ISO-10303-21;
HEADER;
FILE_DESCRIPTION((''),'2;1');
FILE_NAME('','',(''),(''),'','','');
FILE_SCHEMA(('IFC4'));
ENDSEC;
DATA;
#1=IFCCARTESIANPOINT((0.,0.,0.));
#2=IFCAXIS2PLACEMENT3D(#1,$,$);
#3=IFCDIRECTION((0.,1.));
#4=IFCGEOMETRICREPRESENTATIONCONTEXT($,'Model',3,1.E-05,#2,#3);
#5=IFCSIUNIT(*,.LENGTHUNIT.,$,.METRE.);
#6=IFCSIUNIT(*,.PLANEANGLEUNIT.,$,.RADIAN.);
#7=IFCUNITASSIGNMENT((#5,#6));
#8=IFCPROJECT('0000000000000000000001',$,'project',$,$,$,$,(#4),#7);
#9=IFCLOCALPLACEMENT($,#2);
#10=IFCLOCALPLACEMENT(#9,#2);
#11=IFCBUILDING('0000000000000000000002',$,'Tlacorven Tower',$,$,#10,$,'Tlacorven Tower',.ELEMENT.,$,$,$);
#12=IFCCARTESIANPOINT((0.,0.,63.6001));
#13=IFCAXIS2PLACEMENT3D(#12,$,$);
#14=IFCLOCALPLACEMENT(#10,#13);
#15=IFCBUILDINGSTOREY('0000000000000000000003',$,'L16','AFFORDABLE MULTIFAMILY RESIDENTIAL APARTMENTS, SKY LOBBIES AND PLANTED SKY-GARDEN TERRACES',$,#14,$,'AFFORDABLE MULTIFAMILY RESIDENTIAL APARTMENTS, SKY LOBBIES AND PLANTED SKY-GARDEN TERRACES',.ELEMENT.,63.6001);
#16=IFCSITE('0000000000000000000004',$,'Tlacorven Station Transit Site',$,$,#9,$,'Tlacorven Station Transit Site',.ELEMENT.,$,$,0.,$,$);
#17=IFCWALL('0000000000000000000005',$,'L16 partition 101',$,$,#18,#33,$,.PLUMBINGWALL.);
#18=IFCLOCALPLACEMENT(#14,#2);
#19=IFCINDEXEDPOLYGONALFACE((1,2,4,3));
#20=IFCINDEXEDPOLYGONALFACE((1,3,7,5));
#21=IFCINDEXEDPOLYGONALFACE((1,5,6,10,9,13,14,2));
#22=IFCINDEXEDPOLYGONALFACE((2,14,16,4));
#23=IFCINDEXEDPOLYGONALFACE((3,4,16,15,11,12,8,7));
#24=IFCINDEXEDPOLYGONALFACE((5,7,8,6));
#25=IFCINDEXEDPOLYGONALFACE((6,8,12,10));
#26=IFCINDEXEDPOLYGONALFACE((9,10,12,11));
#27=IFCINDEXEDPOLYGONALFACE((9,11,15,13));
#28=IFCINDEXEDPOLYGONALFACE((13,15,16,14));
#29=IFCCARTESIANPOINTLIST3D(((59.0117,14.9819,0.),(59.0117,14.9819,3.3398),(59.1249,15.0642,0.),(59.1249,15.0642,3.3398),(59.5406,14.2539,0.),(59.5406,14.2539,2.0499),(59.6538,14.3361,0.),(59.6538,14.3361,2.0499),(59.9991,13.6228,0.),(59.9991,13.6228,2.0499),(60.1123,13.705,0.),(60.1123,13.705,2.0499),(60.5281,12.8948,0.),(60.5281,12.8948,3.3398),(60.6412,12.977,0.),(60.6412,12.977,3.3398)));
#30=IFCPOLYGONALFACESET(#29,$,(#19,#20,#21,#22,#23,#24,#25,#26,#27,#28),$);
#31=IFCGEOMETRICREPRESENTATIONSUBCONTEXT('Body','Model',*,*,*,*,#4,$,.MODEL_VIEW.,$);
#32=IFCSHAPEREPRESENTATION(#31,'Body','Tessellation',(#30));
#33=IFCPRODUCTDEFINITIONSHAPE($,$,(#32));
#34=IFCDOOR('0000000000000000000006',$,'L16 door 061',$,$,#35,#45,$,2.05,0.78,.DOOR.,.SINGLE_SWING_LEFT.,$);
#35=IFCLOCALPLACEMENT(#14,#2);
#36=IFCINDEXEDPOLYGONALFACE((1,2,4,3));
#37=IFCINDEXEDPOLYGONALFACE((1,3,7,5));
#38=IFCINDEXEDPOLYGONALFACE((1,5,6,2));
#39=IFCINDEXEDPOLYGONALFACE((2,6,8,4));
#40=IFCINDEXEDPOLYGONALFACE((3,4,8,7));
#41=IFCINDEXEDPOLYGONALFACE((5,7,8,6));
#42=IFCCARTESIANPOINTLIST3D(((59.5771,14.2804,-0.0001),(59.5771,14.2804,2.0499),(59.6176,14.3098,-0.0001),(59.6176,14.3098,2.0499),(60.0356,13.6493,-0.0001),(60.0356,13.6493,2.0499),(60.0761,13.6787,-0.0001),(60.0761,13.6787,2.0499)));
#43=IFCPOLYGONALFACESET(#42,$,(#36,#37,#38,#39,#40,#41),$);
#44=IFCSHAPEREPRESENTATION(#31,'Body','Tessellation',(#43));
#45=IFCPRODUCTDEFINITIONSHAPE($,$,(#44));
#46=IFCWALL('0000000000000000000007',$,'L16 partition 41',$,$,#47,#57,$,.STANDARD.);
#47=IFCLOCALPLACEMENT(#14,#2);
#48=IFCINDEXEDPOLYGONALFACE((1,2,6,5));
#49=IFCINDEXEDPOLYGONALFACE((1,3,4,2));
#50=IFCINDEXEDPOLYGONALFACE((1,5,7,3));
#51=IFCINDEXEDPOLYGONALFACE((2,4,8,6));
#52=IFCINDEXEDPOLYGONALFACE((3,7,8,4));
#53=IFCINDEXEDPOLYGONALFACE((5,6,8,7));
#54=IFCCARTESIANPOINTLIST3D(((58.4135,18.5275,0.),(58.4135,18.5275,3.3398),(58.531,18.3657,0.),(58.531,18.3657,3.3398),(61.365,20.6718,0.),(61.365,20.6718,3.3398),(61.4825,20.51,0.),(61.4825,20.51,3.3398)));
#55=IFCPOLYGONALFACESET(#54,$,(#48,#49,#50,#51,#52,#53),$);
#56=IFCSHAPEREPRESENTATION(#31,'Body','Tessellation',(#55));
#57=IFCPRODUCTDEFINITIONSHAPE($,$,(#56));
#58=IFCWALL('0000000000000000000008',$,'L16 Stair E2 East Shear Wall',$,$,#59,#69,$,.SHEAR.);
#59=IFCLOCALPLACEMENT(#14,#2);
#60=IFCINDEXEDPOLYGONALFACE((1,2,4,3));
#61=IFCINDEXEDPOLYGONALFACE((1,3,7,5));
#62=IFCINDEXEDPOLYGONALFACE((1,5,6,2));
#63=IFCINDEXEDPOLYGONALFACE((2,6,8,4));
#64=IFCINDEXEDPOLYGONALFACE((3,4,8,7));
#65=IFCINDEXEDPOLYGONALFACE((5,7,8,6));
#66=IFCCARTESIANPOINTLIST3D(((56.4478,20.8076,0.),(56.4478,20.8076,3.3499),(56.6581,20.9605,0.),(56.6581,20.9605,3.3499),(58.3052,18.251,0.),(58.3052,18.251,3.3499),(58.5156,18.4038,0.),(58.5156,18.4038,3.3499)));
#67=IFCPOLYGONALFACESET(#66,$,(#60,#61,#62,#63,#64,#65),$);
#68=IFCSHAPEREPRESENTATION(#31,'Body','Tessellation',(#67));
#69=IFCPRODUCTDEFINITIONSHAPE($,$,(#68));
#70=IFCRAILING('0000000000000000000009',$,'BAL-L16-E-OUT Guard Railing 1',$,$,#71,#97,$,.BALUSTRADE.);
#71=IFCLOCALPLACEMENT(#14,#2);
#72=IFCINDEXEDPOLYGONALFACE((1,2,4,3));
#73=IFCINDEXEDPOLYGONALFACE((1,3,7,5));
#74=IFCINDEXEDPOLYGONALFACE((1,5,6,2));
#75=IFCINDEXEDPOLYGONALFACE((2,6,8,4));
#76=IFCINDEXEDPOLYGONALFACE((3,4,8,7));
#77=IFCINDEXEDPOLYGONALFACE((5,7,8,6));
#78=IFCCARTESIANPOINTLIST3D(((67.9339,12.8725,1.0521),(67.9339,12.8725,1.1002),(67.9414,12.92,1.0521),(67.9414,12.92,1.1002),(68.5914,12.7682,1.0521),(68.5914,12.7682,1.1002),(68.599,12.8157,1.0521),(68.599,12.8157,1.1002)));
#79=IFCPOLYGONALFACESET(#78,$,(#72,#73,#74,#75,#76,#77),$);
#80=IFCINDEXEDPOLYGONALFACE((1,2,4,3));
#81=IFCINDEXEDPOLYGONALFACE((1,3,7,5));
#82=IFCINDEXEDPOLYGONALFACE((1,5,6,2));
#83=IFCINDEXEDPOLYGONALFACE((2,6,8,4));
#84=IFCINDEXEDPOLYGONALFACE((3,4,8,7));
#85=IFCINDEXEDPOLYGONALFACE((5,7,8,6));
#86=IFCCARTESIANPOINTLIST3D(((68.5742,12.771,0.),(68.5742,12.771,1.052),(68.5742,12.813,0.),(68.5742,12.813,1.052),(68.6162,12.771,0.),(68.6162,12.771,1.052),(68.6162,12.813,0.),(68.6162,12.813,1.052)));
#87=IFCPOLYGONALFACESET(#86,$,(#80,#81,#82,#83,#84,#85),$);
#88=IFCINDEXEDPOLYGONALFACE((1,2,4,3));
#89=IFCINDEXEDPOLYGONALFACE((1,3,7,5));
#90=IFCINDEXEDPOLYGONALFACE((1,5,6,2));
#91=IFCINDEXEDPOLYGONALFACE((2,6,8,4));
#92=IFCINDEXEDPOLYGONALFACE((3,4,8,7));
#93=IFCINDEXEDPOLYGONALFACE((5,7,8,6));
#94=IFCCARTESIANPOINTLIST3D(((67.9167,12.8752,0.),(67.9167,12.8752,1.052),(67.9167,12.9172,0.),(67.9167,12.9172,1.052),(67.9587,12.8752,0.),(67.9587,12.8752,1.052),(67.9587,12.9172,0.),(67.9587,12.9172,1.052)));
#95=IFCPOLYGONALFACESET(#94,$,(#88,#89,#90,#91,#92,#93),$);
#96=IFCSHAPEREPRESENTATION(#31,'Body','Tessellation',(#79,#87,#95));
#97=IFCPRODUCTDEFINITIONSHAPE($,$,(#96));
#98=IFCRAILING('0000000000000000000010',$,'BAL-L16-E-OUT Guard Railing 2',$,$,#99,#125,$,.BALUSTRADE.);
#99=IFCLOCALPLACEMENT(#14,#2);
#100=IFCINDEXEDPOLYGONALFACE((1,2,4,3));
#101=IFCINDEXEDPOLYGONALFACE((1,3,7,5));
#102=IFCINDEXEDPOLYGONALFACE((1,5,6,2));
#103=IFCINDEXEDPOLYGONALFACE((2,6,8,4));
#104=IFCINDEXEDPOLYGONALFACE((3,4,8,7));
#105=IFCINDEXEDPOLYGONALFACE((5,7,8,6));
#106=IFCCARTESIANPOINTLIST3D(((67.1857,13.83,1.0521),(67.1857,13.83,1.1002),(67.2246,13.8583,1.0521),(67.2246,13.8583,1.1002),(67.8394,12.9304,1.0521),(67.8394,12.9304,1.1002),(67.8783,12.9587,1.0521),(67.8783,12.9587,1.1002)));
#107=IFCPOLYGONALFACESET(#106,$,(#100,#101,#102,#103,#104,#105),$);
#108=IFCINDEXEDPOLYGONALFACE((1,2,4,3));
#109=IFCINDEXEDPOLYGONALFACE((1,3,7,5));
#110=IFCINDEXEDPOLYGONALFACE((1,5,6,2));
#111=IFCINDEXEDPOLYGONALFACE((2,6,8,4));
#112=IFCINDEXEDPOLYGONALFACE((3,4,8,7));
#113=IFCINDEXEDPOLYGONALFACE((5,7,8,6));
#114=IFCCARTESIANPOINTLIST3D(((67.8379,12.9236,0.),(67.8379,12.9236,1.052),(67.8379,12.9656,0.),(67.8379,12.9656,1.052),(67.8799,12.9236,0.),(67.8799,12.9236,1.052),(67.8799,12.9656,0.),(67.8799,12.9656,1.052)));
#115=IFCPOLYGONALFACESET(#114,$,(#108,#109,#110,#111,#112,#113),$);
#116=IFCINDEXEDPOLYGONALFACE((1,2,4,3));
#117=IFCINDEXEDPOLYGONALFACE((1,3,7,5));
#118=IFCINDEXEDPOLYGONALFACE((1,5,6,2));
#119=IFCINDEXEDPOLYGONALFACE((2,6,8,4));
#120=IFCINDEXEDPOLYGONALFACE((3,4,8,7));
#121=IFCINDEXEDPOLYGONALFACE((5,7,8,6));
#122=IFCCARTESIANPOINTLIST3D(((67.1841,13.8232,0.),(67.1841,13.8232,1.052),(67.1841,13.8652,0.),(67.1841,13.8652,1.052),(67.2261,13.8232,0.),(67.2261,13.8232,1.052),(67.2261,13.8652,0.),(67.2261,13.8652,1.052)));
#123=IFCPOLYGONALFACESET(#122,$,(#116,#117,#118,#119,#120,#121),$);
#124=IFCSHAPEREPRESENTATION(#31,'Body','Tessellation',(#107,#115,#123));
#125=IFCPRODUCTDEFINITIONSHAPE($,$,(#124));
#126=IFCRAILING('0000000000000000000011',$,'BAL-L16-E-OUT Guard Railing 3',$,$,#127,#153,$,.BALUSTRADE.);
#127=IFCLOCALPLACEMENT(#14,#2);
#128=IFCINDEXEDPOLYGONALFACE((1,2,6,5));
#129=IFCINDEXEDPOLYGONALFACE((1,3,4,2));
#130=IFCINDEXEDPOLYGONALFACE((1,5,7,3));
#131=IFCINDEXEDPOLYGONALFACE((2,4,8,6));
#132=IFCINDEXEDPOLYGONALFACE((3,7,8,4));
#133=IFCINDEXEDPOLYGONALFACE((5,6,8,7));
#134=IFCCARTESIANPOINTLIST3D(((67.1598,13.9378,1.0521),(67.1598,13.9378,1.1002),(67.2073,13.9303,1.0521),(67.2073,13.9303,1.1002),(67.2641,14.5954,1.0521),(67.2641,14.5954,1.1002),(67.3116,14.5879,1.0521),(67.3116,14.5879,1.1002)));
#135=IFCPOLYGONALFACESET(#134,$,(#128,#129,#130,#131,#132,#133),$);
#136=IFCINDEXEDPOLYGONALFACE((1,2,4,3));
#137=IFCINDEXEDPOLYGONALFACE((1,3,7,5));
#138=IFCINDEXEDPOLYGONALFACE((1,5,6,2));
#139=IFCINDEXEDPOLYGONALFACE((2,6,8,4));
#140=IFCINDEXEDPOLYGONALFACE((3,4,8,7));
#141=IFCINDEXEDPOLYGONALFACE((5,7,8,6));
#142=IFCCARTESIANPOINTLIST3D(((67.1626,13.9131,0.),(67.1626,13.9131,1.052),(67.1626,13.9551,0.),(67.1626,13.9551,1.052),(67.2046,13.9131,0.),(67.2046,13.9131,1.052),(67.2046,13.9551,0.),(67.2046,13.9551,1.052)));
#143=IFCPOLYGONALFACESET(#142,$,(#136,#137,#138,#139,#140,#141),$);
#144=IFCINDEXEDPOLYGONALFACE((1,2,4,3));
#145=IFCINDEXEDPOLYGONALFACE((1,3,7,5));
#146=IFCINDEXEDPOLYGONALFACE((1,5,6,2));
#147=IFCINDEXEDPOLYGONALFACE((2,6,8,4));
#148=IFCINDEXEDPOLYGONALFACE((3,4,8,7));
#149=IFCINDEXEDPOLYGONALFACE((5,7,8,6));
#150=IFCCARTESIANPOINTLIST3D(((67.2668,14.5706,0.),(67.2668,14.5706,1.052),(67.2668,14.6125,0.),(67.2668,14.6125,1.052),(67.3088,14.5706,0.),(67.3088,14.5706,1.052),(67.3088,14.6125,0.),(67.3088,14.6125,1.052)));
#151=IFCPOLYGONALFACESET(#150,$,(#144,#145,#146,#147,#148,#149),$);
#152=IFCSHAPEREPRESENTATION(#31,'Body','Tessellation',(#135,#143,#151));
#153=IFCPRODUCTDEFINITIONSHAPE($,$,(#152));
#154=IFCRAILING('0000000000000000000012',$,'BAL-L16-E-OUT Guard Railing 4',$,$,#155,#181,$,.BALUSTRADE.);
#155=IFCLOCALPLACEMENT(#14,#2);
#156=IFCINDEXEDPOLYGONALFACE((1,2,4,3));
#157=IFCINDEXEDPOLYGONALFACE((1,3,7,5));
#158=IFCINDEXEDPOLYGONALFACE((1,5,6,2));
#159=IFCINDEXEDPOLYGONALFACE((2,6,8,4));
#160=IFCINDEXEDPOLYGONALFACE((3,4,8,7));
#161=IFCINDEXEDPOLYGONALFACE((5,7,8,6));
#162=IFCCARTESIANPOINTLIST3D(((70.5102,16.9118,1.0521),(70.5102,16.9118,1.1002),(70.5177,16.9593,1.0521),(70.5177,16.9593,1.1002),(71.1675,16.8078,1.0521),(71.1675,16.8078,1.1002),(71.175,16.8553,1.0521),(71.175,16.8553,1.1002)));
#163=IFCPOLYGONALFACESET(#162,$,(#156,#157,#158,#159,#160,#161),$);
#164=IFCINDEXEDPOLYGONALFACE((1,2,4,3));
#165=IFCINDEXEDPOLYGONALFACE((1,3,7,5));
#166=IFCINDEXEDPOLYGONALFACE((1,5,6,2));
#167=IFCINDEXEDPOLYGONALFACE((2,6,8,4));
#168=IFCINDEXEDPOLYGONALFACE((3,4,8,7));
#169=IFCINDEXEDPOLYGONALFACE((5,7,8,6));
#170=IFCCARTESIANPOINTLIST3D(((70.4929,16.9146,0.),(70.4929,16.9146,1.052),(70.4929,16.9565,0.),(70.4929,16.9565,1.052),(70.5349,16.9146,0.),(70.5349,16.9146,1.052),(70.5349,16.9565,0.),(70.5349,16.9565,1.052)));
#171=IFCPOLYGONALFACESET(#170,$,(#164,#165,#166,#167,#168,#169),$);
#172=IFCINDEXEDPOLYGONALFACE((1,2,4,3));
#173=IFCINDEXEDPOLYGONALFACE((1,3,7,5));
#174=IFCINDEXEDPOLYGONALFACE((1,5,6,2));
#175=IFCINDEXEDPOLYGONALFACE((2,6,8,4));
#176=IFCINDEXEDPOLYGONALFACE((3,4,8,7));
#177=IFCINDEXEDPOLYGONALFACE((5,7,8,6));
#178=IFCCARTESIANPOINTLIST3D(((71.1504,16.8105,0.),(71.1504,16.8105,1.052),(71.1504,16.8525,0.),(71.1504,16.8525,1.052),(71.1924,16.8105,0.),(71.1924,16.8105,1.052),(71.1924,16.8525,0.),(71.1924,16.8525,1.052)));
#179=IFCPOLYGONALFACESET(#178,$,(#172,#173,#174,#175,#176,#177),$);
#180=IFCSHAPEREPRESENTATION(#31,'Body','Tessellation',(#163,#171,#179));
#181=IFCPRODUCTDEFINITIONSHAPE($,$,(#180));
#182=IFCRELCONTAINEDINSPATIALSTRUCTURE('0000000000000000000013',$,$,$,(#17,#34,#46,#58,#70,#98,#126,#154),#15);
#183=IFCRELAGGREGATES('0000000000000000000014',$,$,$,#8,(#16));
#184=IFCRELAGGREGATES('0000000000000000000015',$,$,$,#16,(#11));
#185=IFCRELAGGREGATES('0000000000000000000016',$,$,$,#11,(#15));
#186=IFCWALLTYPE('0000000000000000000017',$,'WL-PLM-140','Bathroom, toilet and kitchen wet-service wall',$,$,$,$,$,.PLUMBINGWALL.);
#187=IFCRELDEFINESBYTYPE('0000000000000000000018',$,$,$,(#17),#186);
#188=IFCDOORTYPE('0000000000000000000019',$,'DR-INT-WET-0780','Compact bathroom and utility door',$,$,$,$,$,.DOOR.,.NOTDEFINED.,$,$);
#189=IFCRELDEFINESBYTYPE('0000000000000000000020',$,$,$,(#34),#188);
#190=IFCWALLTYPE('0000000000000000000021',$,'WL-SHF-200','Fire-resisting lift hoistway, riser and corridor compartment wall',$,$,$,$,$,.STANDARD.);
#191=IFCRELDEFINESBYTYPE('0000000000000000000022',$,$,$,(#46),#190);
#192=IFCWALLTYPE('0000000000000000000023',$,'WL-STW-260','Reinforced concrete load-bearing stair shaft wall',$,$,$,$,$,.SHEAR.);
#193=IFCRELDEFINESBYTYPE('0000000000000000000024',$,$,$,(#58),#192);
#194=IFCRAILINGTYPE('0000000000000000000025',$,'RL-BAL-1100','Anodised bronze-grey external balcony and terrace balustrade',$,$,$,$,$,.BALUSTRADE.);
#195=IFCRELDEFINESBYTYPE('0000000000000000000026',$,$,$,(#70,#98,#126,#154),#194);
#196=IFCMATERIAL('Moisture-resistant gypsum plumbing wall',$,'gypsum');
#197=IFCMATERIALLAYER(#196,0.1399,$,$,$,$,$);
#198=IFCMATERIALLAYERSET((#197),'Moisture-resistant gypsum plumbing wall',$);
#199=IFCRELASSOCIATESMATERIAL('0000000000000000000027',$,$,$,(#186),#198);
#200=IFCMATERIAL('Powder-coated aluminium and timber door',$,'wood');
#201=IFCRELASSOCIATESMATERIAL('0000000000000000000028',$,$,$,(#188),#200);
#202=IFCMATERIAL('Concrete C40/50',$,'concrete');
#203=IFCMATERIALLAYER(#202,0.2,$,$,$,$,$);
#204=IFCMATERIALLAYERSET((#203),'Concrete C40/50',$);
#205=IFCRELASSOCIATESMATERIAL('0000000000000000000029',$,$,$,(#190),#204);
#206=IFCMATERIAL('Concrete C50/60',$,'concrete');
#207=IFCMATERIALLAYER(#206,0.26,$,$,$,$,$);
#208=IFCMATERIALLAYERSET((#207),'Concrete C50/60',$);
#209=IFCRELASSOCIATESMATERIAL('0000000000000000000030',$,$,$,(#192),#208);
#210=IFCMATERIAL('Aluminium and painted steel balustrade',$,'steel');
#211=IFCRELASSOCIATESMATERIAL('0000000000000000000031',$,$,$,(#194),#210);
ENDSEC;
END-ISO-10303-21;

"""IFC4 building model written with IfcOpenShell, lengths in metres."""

from ifc_helpers import new_model, si_unit, direction, frame, frame_2d, origin, origin_2d, place, context, subcontext, project, spatial, rectangle, extrude, source, transform, mapped, material, layer, layer_set, type_object, element, fill, save


model = new_model("IFC4")

# Units and contexts
model_context = context("Model", 3, precision=1e-05, world=origin(), true_north=direction((0.0, 1.0)))
body_context = subcontext(model_context, "Body", "Model", "MODEL_VIEW")
ifc_project = project(units=[si_unit("LENGTHUNIT", "METRE"), si_unit("PLANEANGLEUNIT", "RADIAN")], contexts=[model_context])

# Site, building, storey
site_placement = place(None, origin())
site = spatial("IfcSite", under=ifc_project, at=site_placement, Name="Tlacorven Station Transit Site", LongName="Tlacorven Station Transit Site", CompositionType="ELEMENT", RefElevation=0.0)
building_placement = place(site_placement, origin())
building = spatial("IfcBuilding", under=site, at=building_placement, Name="Tlacorven Tower", LongName="Tlacorven Tower", CompositionType="ELEMENT")
storey_placement = place(building_placement, frame((0.0, 0.0, 63.6001)))
storey = spatial("IfcBuildingStorey", under=building, at=storey_placement, Name="L16", Description="AFFORDABLE MULTIFAMILY RESIDENTIAL APARTMENTS, SKY LOBBIES AND PLANTED SKY-GARDEN TERRACES", LongName="AFFORDABLE MULTIFAMILY RESIDENTIAL APARTMENTS, SKY LOBBIES AND PLANTED SKY-GARDEN TERRACES", CompositionType="ELEMENT", Elevation=63.6001)

# Shared definitions
ifc_material_1 = material(Name="Powder-coated aluminium and timber door", Category="wood")

# Wall, opening, door
ifc_material_2 = material(Name="Moisture-resistant gypsum plumbing wall", Category="gypsum")
ifc_layer_1 = layer(ifc_material_2, 0.1399)
ifc_layer_set_1 = layer_set([ifc_layer_1], Name="Moisture-resistant gypsum plumbing wall")
wall_type_1 = type_object("IfcWallType", Name="WL-PLM-140", Description="Bathroom, toilet and kitchen wet-service wall", PredefinedType="PLUMBINGWALL", material=ifc_layer_set_1)
wall_1_placement = place(storey_placement, frame((60.5847, 12.9358, 0.0), z_axis=(0.0, 0.0, 1.0), x_axis=(-0.587772, 0.809027, 0.0)))
wall_1 = element("IfcWall", 1, at=wall_1_placement, inside=storey, type_object=wall_type_1, Name="L16 partition 101", PredefinedType="PLUMBINGWALL", context=body_context, shape_type="SweptSolid", body=[
    extrude(rectangle(XDim=2.5798, YDim=0.1399, at=frame_2d((1.29, 0.0))), origin(), (0.0, 0.0, 1.0), 3.3398),
])
opening_1_placement = place(wall_1_placement, frame((0.8999, 0.0, 0.0)))
opening_1 = element("IfcOpeningElement", 2, at=opening_1_placement, cuts=wall_1, PredefinedType="OPENING", context=body_context, shape_type="SweptSolid", body=[
    extrude(rectangle(XDim=0.78, YDim=2.05, at=frame_2d((0.3901, 1.0249))), frame((0.0, 0.0801, 0.0), z_axis=(0.0, -1.0, 0.0), x_axis=(1.0, 0.0, 0.0)), (0.0, 0.0, 1.0), 0.1599),
])
door_type_1 = type_object("IfcDoorType", Name="DR-INT-WET-0780", Description="Compact bathroom and utility door", OperationType="NOTDEFINED", PredefinedType="DOOR", material=ifc_material_1)
shared_shape_1 = source(origin(), body_context, "Body", "SweptSolid", [
    extrude(rectangle(XDim=0.78, YDim=2.05, at=frame_2d((0.3901, 1.0249))), frame((0.0, 0.0249, 0.0), z_axis=(0.0, -1.0, 0.0), x_axis=(1.0, 0.0, 0.0)), (0.0, 0.0, 1.0), 0.05),
])
door_1_placement = place(opening_1_placement, origin())
door_1 = element("IfcDoor", 3, at=door_1_placement, inside=storey, type_object=door_type_1, Name="L16 door 061", OperationType="SINGLE_SWING_LEFT", OverallHeight=2.05, OverallWidth=0.78, PredefinedType="DOOR", context=body_context, shape_type="MappedRepresentation", body=[
    mapped(shared_shape_1, transform((0.0, 0.0, 0.0), scale=1.0)),
])
fill(opening_1, door_1)

# Walls
ifc_material_3 = material(Name="Concrete C40/50", Category="concrete")
ifc_layer_2 = layer(ifc_material_3, 0.2)
ifc_layer_set_2 = layer_set([ifc_layer_2], Name="Concrete C40/50")
wall_type_2 = type_object("IfcWallType", Name="WL-SHF-200", Description="Fire-resisting lift hoistway, riser and corridor compartment wall", PredefinedType="STANDARD", material=ifc_layer_set_2)
wall_2_placement = place(storey_placement, frame((58.4722, 18.4465, 0.0), z_axis=(0.0, 0.0, 1.0), x_axis=(0.809022, 0.587778, 0.0)))
element("IfcWall", 4, at=wall_2_placement, inside=storey, type_object=wall_type_2, Name="L16 partition 41", PredefinedType="STANDARD", context=body_context, shape_type="SweptSolid", body=[
    extrude(rectangle(XDim=3.6482, YDim=0.2, at=frame_2d((1.8242, 0.0))), origin(), (0.0, 0.0, 1.0), 3.3398),
])
ifc_material_4 = material(Name="Concrete C50/60", Category="concrete")
ifc_layer_3 = layer(ifc_material_4, 0.26)
ifc_layer_set_3 = layer_set([ifc_layer_3], Name="Concrete C50/60")
wall_type_3 = type_object("IfcWallType", Name="WL-STW-260", Description="Reinforced concrete load-bearing stair shaft wall", PredefinedType="SHEAR", material=ifc_layer_set_3)
wall_3_placement = place(storey_placement, frame((58.4104, 18.3274, 0.0), z_axis=(0.0, 0.0, 1.0), x_axis=(-0.587767, 0.80903, 0.0)))
element("IfcWall", 5, at=wall_3_placement, inside=storey, type_object=wall_type_3, Name="L16 Stair E2 East Shear Wall", PredefinedType="SHEAR", context=body_context, shape_type="SweptSolid", body=[
    extrude(rectangle(XDim=3.1602, YDim=0.26, at=frame_2d((1.5801, 0.0))), origin(), (0.0, 0.0, 1.0), 3.3499),
])

# Railings
ifc_material_5 = material(Name="Aluminium and painted steel balustrade", Category="steel")
railing_type = type_object("IfcRailingType", Name="RL-BAL-1100", Description="Anodised bronze-grey external balcony and terrace balustrade", PredefinedType="BALUSTRADE", material=ifc_material_5)
shared_shape_2 = source(origin(), body_context, "Body", "SweptSolid", [
    extrude(rectangle(XDim=0.0481, YDim=0.0481, at=origin_2d()), frame((0.0, 0.0, 1.0762), z_axis=(-0.987662, 0.156603, 0.0), x_axis=(-0.156603, -0.987662, 0.0)), (0.0, 0.0, 1.0), 0.6658),
    extrude(rectangle(XDim=0.042, YDim=0.042, at=origin_2d()), origin(), (0.0, 0.0, 1.0), 1.052),
    extrude(rectangle(XDim=0.042, YDim=0.042, at=origin_2d()), frame((-0.6575, 0.1042, 0.0)), (0.0, 0.0, 1.0), 1.052),
])
railing_1_placement = place(storey_placement, frame((68.5952, 12.792, 0.0)))
element("IfcRailing", 6, at=railing_1_placement, inside=storey, type_object=railing_type, Name="BAL-L16-E-OUT Guard Railing 1", PredefinedType="BALUSTRADE", context=body_context, shape_type="MappedRepresentation", body=[
    mapped(shared_shape_2, transform((0.0, 0.0, 0.0), scale=1.0)),
])
shared_shape_3 = source(origin(), body_context, "Body", "SweptSolid", [
    extrude(rectangle(XDim=0.0481, YDim=0.0481, at=origin_2d()), frame((0.0, 0.0, 1.0762), z_axis=(-0.587884, 0.808945, 0.0), x_axis=(-0.808945, -0.587884, 0.0)), (0.0, 0.0, 1.0), 1.1121),
    extrude(rectangle(XDim=0.042, YDim=0.042, at=origin_2d()), origin(), (0.0, 0.0, 1.0), 1.052),
    extrude(rectangle(XDim=0.042, YDim=0.042, at=origin_2d()), frame((-0.6538, 0.8997, 0.0)), (0.0, 0.0, 1.0), 1.052),
])
railing_2_placement = place(storey_placement, frame((67.8589, 12.9446, 0.0)))
element("IfcRailing", 7, at=railing_2_placement, inside=storey, type_object=railing_type, Name="BAL-L16-E-OUT Guard Railing 2", PredefinedType="BALUSTRADE", context=body_context, shape_type="MappedRepresentation", body=[
    mapped(shared_shape_3, transform((0.0, 0.0, 0.0), scale=1.0)),
])
shared_shape_4 = source(origin(), body_context, "Body", "SweptSolid", [
    extrude(rectangle(XDim=0.0481, YDim=0.0481, at=origin_2d()), frame((0.0, 0.0, 1.0762), z_axis=(0.156603, 0.987662, 0.0), x_axis=(-0.987662, 0.156603, 0.0)), (0.0, 0.0, 1.0), 0.6658),
    extrude(rectangle(XDim=0.042, YDim=0.042, at=origin_2d()), origin(), (0.0, 0.0, 1.0), 1.052),
    extrude(rectangle(XDim=0.042, YDim=0.042, at=origin_2d()), frame((0.1042, 0.6575, 0.0)), (0.0, 0.0, 1.0), 1.052),
])
railing_3_placement = place(storey_placement, frame((67.1836, 13.9341, 0.0)))
element("IfcRailing", 8, at=railing_3_placement, inside=storey, type_object=railing_type, Name="BAL-L16-E-OUT Guard Railing 3", PredefinedType="BALUSTRADE", context=body_context, shape_type="MappedRepresentation", body=[
    mapped(shared_shape_4, transform((0.0, 0.0, 0.0), scale=1.0)),
])
shared_shape_5 = source(origin(), body_context, "Body", "SweptSolid", [
    extrude(rectangle(XDim=0.0481, YDim=0.0481, at=origin_2d()), frame((0.0, 0.0, 1.0762), z_axis=(0.987718, -0.156245, 0.0), x_axis=(0.156245, 0.987718, 0.0)), (0.0, 0.0, 1.0), 0.6655),
    extrude(rectangle(XDim=0.042, YDim=0.042, at=origin_2d()), origin(), (0.0, 0.0, 1.0), 1.052),
    extrude(rectangle(XDim=0.042, YDim=0.042, at=origin_2d()), frame((0.6575, -0.104, 0.0)), (0.0, 0.0, 1.0), 1.052),
])
railing_4_placement = place(storey_placement, frame((70.5139, 16.9355, 0.0)))
element("IfcRailing", 9, at=railing_4_placement, inside=storey, type_object=railing_type, Name="BAL-L16-E-OUT Guard Railing 4", PredefinedType="BALUSTRADE", context=body_context, shape_type="MappedRepresentation", body=[
    mapped(shared_shape_5, transform((0.0, 0.0, 0.0), scale=1.0)),
])

save(model, "model.ifc")
